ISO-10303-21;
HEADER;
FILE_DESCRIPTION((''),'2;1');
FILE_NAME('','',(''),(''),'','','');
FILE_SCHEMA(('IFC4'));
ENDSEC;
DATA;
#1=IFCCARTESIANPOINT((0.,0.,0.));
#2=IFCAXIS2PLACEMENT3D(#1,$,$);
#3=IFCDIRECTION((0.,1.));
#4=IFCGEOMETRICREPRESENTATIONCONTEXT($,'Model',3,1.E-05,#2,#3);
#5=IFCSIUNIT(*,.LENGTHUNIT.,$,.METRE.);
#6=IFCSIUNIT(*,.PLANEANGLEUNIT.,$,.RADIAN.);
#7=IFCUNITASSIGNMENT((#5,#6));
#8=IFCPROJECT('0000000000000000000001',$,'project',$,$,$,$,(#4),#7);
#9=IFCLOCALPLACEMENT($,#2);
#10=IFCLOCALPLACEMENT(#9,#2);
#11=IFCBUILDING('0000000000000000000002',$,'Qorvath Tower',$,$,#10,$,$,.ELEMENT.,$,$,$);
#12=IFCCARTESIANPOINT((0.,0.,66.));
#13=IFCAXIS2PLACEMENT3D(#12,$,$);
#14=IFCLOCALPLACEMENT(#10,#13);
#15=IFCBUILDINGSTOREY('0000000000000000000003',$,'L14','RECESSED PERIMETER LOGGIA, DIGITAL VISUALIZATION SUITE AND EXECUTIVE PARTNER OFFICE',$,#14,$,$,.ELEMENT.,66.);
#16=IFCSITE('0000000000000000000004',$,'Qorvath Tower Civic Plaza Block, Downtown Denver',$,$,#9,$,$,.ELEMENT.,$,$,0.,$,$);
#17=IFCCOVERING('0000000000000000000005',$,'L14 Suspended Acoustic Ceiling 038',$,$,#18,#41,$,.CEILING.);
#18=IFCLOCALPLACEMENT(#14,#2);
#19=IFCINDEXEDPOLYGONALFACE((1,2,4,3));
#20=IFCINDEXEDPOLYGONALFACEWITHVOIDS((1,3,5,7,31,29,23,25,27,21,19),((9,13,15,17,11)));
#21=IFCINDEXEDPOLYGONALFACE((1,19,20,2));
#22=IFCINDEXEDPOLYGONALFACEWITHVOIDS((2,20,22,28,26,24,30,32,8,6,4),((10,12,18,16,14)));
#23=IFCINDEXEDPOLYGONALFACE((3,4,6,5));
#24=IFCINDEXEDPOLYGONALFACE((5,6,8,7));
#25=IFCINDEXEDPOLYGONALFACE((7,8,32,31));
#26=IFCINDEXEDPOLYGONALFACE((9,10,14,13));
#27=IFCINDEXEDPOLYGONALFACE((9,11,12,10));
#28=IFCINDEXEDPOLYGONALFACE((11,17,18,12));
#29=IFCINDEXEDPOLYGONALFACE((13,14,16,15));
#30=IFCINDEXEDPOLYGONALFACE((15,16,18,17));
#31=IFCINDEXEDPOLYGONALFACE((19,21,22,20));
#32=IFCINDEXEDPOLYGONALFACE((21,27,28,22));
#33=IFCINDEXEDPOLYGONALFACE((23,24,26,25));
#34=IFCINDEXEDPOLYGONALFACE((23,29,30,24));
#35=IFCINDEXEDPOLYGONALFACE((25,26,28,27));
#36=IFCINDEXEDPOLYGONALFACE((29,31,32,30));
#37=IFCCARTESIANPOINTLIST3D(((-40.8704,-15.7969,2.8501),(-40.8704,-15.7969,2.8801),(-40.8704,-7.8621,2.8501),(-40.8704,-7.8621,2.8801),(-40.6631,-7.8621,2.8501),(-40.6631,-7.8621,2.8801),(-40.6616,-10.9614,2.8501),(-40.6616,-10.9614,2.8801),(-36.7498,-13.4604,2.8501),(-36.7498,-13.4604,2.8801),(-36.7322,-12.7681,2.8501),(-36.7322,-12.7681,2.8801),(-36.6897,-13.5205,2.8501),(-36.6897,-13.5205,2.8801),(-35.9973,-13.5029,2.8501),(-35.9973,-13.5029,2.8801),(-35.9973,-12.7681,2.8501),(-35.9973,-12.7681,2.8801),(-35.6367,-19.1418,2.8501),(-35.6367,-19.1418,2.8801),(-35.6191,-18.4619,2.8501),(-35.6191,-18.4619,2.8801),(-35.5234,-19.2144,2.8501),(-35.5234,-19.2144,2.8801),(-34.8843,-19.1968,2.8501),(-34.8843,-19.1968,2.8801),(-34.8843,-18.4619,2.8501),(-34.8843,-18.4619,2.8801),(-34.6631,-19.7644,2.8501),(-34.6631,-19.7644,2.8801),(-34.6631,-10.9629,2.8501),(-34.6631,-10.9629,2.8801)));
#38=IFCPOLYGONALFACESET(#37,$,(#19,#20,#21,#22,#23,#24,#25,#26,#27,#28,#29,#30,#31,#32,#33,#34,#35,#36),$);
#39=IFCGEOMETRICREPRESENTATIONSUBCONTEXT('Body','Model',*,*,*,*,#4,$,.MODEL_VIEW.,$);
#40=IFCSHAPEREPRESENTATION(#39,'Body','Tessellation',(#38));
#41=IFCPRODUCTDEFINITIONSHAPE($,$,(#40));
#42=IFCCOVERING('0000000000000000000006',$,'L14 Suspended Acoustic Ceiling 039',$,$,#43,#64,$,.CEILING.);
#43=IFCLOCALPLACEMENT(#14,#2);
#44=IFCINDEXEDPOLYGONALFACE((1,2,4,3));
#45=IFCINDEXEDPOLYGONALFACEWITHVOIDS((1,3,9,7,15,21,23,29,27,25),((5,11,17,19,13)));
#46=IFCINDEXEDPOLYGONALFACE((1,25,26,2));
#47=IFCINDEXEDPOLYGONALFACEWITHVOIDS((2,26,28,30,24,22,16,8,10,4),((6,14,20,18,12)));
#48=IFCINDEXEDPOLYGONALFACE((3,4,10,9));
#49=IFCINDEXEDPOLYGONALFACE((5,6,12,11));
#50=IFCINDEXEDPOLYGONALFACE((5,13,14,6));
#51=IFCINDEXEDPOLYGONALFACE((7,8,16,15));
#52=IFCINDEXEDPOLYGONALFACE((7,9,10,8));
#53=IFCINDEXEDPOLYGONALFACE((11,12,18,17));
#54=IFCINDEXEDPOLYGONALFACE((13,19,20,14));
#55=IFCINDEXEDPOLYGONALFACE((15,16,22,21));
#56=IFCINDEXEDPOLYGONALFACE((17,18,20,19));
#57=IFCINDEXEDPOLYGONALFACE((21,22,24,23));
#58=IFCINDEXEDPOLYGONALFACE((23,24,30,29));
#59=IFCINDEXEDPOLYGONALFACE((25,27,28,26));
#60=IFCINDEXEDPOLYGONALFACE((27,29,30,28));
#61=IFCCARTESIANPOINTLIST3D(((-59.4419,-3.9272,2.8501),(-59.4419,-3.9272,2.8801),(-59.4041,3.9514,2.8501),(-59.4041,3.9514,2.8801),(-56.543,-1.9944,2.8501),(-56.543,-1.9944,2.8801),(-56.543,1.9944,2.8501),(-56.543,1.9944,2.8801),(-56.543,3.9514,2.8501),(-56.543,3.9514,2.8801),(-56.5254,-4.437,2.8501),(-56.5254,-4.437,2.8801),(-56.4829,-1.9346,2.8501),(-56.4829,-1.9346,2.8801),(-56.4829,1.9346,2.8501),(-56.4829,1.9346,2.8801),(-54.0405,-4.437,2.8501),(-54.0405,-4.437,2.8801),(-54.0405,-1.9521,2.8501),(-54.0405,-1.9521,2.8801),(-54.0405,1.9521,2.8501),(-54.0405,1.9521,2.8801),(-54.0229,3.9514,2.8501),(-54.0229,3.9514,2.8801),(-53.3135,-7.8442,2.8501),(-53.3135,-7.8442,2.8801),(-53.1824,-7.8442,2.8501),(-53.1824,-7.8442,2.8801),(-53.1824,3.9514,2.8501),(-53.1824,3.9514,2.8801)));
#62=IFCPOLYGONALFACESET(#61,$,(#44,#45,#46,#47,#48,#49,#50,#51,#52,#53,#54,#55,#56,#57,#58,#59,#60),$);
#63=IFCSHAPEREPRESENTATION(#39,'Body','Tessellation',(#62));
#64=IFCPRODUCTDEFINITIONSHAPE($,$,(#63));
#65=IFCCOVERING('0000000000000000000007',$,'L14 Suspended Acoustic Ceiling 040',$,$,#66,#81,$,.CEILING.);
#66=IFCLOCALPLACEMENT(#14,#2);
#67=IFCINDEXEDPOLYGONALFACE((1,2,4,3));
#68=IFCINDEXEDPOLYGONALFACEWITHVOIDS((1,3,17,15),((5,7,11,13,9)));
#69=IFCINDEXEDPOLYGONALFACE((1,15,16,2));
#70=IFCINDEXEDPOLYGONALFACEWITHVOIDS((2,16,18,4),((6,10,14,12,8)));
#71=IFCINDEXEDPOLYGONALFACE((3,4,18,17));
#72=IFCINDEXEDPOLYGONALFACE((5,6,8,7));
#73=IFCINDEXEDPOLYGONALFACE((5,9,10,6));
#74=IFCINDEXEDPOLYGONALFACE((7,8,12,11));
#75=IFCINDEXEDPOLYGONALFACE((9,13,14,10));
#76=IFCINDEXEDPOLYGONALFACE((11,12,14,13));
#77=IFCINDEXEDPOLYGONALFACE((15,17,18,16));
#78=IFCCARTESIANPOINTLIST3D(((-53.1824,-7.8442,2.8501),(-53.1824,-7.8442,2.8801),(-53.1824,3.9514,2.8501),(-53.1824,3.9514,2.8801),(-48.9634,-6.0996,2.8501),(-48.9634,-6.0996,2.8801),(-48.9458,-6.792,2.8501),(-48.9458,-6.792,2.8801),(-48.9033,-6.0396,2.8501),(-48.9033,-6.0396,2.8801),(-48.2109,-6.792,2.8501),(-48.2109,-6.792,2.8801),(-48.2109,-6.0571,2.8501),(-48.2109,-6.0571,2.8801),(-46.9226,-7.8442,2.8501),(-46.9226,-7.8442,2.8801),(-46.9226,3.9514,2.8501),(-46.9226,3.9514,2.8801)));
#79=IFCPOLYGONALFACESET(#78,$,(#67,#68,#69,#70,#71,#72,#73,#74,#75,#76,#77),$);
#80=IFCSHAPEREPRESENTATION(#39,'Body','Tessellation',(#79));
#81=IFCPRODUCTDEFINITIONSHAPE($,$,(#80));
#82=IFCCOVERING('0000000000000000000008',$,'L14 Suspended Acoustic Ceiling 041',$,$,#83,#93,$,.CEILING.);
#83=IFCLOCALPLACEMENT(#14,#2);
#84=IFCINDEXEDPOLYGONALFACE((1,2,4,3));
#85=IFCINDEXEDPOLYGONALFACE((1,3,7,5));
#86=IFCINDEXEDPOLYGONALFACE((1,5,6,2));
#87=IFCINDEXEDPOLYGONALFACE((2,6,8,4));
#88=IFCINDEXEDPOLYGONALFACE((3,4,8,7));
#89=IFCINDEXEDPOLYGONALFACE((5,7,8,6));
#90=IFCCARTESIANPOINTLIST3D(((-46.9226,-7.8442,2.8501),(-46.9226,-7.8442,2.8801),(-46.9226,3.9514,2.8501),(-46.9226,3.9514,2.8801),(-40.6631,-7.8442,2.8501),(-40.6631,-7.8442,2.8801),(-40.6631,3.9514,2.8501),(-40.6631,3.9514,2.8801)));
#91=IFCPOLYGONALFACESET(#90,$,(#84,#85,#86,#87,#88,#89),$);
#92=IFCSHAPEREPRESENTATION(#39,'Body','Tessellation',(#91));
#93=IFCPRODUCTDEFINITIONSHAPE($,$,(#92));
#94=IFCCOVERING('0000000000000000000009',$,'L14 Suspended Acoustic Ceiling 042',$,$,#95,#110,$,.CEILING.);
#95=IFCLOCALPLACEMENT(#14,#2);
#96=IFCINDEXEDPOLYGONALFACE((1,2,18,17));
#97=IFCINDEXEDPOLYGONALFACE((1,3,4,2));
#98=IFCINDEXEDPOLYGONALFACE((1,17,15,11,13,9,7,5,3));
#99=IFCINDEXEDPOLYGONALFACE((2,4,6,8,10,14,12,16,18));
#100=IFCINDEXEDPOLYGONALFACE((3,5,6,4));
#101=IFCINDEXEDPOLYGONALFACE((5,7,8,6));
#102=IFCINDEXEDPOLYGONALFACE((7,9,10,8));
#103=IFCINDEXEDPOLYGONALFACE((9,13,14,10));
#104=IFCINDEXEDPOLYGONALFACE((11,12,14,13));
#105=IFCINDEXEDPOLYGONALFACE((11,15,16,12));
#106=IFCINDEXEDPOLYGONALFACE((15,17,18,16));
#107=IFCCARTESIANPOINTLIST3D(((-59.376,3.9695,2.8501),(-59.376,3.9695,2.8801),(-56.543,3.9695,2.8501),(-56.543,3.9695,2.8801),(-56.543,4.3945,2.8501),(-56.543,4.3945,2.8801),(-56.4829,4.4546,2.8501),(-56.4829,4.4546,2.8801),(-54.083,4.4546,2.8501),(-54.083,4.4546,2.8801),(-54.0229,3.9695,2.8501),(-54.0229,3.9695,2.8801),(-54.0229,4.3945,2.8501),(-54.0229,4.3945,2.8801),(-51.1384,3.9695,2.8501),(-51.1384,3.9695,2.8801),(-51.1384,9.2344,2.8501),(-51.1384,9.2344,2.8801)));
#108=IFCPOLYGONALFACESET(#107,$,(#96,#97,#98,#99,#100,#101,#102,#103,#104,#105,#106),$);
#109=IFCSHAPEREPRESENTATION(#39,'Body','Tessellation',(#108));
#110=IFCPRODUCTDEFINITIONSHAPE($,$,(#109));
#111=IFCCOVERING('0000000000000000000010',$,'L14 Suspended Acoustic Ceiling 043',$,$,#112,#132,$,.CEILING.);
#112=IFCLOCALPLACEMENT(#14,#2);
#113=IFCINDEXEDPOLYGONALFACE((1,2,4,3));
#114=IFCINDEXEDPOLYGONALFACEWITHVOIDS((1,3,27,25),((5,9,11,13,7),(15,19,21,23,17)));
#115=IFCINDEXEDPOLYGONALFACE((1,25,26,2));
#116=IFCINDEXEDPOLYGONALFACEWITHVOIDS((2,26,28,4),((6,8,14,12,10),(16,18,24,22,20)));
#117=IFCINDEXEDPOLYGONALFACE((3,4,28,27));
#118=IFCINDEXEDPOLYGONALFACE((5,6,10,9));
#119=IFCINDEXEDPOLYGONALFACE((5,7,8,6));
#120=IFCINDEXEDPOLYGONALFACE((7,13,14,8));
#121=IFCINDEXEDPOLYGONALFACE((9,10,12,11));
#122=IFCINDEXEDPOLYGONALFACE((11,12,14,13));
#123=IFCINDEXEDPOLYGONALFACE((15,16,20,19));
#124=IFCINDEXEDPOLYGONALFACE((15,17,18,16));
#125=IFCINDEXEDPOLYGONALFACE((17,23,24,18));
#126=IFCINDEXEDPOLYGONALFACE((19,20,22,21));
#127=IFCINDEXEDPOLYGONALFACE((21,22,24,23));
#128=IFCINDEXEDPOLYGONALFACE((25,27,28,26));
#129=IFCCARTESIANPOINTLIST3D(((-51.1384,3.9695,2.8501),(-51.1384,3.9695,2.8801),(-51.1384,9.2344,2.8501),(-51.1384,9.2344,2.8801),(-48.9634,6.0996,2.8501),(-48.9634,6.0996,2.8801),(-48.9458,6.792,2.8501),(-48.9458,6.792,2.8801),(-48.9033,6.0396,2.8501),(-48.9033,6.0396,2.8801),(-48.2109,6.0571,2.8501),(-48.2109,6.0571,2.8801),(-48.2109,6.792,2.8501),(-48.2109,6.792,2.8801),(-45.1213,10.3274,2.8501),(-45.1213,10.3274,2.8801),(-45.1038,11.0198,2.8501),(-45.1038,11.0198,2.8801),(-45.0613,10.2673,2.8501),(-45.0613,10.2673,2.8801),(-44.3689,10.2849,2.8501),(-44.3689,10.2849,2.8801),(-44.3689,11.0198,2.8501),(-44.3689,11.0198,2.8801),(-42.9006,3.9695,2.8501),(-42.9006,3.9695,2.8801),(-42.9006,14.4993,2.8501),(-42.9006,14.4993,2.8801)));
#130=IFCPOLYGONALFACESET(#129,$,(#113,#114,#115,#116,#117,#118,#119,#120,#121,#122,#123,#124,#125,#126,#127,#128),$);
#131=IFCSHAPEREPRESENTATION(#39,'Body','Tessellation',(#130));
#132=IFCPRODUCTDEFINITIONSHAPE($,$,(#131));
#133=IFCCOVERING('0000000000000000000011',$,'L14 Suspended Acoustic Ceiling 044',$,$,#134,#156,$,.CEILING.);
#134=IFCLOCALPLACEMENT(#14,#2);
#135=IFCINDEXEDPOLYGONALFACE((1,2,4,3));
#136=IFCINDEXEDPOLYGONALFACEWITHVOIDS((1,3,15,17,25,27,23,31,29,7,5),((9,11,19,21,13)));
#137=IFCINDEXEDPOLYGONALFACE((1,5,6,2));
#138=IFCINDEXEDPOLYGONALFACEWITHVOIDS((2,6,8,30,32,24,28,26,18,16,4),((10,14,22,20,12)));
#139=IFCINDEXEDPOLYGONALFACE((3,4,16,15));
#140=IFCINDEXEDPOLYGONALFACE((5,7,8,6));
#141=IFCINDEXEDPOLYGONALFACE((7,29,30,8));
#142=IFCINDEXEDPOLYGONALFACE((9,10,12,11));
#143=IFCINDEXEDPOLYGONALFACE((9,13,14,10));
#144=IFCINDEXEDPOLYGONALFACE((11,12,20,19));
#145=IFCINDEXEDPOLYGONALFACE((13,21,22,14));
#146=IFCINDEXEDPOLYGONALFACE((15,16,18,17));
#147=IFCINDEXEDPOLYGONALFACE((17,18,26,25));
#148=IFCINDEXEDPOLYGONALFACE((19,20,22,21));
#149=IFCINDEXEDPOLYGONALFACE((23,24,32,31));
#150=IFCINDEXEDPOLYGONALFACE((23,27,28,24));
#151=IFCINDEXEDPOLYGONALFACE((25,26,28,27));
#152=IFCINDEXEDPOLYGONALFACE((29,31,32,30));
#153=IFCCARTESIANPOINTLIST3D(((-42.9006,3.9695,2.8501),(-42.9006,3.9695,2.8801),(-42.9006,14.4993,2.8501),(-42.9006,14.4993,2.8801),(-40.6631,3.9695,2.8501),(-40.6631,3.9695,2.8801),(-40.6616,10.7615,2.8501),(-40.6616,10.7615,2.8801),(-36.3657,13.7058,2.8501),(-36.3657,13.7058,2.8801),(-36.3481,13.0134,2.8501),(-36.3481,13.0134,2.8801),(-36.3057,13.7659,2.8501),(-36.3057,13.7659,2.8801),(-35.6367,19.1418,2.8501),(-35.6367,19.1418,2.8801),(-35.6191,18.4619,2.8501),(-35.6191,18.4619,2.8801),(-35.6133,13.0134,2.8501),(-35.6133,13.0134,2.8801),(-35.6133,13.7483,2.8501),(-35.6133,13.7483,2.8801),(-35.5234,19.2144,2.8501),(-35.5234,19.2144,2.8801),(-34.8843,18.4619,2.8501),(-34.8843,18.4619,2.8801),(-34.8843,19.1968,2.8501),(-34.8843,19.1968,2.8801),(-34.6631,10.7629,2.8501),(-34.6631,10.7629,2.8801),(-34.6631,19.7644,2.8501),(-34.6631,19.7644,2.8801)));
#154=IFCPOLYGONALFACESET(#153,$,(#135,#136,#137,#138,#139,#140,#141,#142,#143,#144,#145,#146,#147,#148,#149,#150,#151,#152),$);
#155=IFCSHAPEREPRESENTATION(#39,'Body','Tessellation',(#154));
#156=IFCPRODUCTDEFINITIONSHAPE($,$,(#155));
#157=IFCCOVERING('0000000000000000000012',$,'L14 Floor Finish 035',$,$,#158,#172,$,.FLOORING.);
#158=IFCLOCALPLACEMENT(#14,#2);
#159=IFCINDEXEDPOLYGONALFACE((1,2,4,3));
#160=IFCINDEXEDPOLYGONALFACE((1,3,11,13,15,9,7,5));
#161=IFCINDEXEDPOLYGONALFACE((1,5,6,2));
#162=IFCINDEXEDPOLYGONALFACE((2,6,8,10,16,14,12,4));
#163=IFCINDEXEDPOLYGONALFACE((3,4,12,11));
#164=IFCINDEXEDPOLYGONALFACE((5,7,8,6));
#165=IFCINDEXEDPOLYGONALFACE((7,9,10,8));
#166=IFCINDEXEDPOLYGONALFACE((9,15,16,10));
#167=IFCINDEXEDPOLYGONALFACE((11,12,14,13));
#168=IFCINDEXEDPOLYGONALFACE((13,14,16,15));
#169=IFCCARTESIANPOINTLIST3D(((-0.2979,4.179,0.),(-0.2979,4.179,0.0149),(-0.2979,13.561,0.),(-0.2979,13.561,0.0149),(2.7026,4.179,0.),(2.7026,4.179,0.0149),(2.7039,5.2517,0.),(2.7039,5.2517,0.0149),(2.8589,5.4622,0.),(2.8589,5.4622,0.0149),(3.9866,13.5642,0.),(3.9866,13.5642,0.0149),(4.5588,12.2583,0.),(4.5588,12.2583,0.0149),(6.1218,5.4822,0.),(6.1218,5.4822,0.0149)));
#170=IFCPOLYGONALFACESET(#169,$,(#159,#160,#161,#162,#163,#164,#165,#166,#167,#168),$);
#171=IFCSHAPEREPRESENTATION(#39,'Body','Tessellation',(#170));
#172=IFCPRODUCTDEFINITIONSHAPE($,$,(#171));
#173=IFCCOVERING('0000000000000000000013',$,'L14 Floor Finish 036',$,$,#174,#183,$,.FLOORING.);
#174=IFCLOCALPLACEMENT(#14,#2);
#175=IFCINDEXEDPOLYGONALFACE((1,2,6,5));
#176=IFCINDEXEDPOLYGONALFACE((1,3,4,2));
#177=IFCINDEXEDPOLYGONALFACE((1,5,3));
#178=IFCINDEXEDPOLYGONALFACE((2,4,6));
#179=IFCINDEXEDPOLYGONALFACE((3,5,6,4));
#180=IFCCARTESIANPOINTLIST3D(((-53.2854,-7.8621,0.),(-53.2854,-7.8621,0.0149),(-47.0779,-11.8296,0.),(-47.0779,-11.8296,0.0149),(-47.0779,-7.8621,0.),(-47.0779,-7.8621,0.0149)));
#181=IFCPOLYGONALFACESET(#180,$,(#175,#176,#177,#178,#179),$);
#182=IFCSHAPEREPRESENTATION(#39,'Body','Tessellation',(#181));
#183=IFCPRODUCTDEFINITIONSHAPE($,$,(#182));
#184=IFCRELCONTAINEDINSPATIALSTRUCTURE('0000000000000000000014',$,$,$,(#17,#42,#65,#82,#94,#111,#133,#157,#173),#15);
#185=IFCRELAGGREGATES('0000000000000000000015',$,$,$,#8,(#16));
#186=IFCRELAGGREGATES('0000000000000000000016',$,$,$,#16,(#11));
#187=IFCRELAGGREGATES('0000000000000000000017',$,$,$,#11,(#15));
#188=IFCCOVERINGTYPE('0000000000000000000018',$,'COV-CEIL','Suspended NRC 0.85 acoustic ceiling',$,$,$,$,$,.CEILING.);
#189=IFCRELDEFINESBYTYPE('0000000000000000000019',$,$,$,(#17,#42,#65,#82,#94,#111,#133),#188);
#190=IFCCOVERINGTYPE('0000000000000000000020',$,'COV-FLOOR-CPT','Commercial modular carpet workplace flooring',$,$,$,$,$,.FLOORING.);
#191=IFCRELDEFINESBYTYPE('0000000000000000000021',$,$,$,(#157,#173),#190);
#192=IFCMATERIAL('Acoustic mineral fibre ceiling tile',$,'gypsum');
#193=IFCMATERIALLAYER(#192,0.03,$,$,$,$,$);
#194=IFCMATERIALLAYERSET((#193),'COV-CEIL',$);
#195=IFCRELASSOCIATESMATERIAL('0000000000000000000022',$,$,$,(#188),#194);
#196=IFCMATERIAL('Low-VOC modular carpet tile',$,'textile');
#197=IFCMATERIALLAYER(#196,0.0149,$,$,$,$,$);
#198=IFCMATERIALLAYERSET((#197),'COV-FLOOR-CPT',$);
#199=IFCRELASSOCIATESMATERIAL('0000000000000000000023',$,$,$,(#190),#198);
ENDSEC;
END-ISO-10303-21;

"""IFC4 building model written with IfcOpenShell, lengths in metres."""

from ifc_helpers import new_model, si_unit, direction, frame, origin, place, context, subcontext, project, spatial, polyline, outline, extrude, material, layer, layer_set, type_object, element, save


model = new_model("IFC4")

# Units and contexts
model_context = context("Model", 3, precision=1e-05, world=origin(), true_north=direction((0.0, 1.0)))
body_context = subcontext(model_context, "Body", "Model", "MODEL_VIEW")
ifc_project = project(units=[si_unit("LENGTHUNIT", "METRE"), si_unit("PLANEANGLEUNIT", "RADIAN")], contexts=[model_context])

# Site, building, storey
site_placement = place(None, origin())
site = spatial("IfcSite", under=ifc_project, at=site_placement, Name="Qorvath Tower Civic Plaza Block, Downtown Denver", CompositionType="ELEMENT", RefElevation=0.0)
building_placement = place(site_placement, origin())
building = spatial("IfcBuilding", under=site, at=building_placement, Name="Qorvath Tower", CompositionType="ELEMENT")
storey_placement = place(building_placement, frame((0.0, 0.0, 66.0)))
storey = spatial("IfcBuildingStorey", under=building, at=storey_placement, Name="L14", Description="RECESSED PERIMETER LOGGIA, DIGITAL VISUALIZATION SUITE AND EXECUTIVE PARTNER OFFICE", CompositionType="ELEMENT", Elevation=66.0)

# Coverings
ifc_material_1 = material(Name="Acoustic mineral fibre ceiling tile", Category="gypsum")
ifc_layer_1 = layer(ifc_material_1, 0.03)
ifc_layer_set_1 = layer_set([ifc_layer_1], Name="COV-CEIL")
covering_type_1 = type_object("IfcCoveringType", Name="COV-CEIL", Description="Suspended NRC 0.85 acoustic ceiling", PredefinedType="CEILING", material=ifc_layer_set_1)
covering_1_placement = place(storey_placement, frame((0.0, 0.0, 2.8501)))
element("IfcCovering", 1, at=covering_1_placement, inside=storey, type_object=covering_type_1, Name="L14 Suspended Acoustic Ceiling 038", PredefinedType="CEILING", context=body_context, shape_type="SweptSolid", body=[
    extrude(outline(polyline([(-40.6631, -7.8621), (-40.8704, -7.8621), (-40.8704, -15.7969), (-35.6367, -19.1418), (-35.6191, -18.4619), (-34.8843, -18.4619), (-34.8843, -19.1968), (-35.5234, -19.2144), (-34.6631, -19.7644), (-34.6631, -10.9629), (-40.6616, -10.9614), (-40.6631, -7.8621)]), holes=[polyline([(-36.7498, -13.4604), (-36.7322, -12.7681), (-35.9973, -12.7681), (-35.9973, -13.5029), (-36.6897, -13.5205), (-36.7498, -13.4604)])]), origin(), (0.0, 0.0, 1.0), 0.03),
])
covering_2_placement = place(storey_placement, frame((0.0, 0.0, 2.8501)))
element("IfcCovering", 2, at=covering_2_placement, inside=storey, type_object=covering_type_1, Name="L14 Suspended Acoustic Ceiling 039", PredefinedType="CEILING", context=body_context, shape_type="SweptSolid", body=[
    extrude(outline(polyline([(-59.4041, 3.9514), (-59.4419, -3.9272), (-53.3135, -7.8442), (-53.1824, -7.8442), (-53.1824, 3.9514), (-54.0229, 3.9514), (-54.0405, 1.9521), (-56.4829, 1.9346), (-56.543, 1.9944), (-56.543, 3.9514), (-59.4041, 3.9514)]), holes=[polyline([(-56.543, -1.9944), (-56.4829, -1.9346), (-54.0405, -1.9521), (-54.0405, -4.437), (-56.5254, -4.437), (-56.543, -1.9944)])]), origin(), (0.0, 0.0, 1.0), 0.03),
])
covering_3_placement = place(storey_placement, frame((0.0, 0.0, 2.8501)))
element("IfcCovering", 3, at=covering_3_placement, inside=storey, type_object=covering_type_1, Name="L14 Suspended Acoustic Ceiling 040", PredefinedType="CEILING", context=body_context, shape_type="SweptSolid", body=[
    extrude(outline(polyline([(-53.1824, 3.9514), (-53.1824, -7.8442), (-46.9226, -7.8442), (-46.9226, 3.9514), (-53.1824, 3.9514)]), holes=[polyline([(-48.9634, -6.0996), (-48.9033, -6.0396), (-48.2109, -6.0571), (-48.2109, -6.792), (-48.9458, -6.792), (-48.9634, -6.0996)])]), origin(), (0.0, 0.0, 1.0), 0.03),
])
covering_4_placement = place(storey_placement, frame((0.0, 0.0, 2.8501)))
element("IfcCovering", 4, at=covering_4_placement, inside=storey, type_object=covering_type_1, Name="L14 Suspended Acoustic Ceiling 041", PredefinedType="CEILING", context=body_context, shape_type="SweptSolid", body=[
    extrude(outline(polyline([(-46.9226, 3.9514), (-46.9226, -7.8442), (-40.6631, -7.8442), (-40.6631, 3.9514), (-46.9226, 3.9514)])), origin(), (0.0, 0.0, 1.0), 0.03),
])
covering_5_placement = place(storey_placement, frame((0.0, 0.0, 2.8501)))
element("IfcCovering", 5, at=covering_5_placement, inside=storey, type_object=covering_type_1, Name="L14 Suspended Acoustic Ceiling 042", PredefinedType="CEILING", context=body_context, shape_type="SweptSolid", body=[
    extrude(outline(polyline([(-51.1384, 3.9695), (-51.1384, 9.2344), (-59.376, 3.9695), (-56.543, 3.9695), (-56.543, 4.3945), (-56.4829, 4.4546), (-54.083, 4.4546), (-54.0229, 4.3945), (-54.0229, 3.9695), (-51.1384, 3.9695)])), origin(), (0.0, 0.0, 1.0), 0.03),
])
covering_6_placement = place(storey_placement, frame((0.0, 0.0, 2.8501)))
element("IfcCovering", 6, at=covering_6_placement, inside=storey, type_object=covering_type_1, Name="L14 Suspended Acoustic Ceiling 043", PredefinedType="CEILING", context=body_context, shape_type="SweptSolid", body=[
    extrude(outline(polyline([(-42.9006, 3.9695), (-42.9006, 14.4993), (-51.1384, 9.2344), (-51.1384, 3.9695), (-42.9006, 3.9695)]), holes=[polyline([(-45.1213, 10.3274), (-45.1038, 11.0198), (-44.3689, 11.0198), (-44.3689, 10.2849), (-45.0613, 10.2673), (-45.1213, 10.3274)]), polyline([(-48.9634, 6.0996), (-48.9458, 6.792), (-48.2109, 6.792), (-48.2109, 6.0571), (-48.9033, 6.0396), (-48.9634, 6.0996)])]), origin(), (0.0, 0.0, 1.0), 0.03),
])
covering_7_placement = place(storey_placement, frame((0.0, 0.0, 2.8501)))
element("IfcCovering", 7, at=covering_7_placement, inside=storey, type_object=covering_type_1, Name="L14 Suspended Acoustic Ceiling 044", PredefinedType="CEILING", context=body_context, shape_type="SweptSolid", body=[
    extrude(outline(polyline([(-34.6631, 10.7629), (-34.6631, 19.7644), (-35.5234, 19.2144), (-34.8843, 19.1968), (-34.8843, 18.4619), (-35.6191, 18.4619), (-35.6367, 19.1418), (-42.9006, 14.4993), (-42.9006, 3.9695), (-40.6631, 3.9695), (-40.6616, 10.7615), (-34.6631, 10.7629)]), holes=[polyline([(-36.3657, 13.7058), (-36.3057, 13.7659), (-35.6133, 13.7483), (-35.6133, 13.0134), (-36.3481, 13.0134), (-36.3657, 13.7058)])]), origin(), (0.0, 0.0, 1.0), 0.03),
])
ifc_material_2 = material(Name="Low-VOC modular carpet tile", Category="textile")
ifc_layer_2 = layer(ifc_material_2, 0.0149)
ifc_layer_set_2 = layer_set([ifc_layer_2], Name="COV-FLOOR-CPT")
covering_type_2 = type_object("IfcCoveringType", Name="COV-FLOOR-CPT", Description="Commercial modular carpet workplace flooring", PredefinedType="FLOORING", material=ifc_layer_set_2)
covering_8_placement = place(storey_placement, origin())
element("IfcCovering", 8, at=covering_8_placement, inside=storey, type_object=covering_type_2, Name="L14 Floor Finish 035", PredefinedType="FLOORING", context=body_context, shape_type="SweptSolid", body=[
    extrude(outline(polyline([(2.8589, 5.4622), (6.1218, 5.4822), (4.5588, 12.2583), (3.9866, 13.5642), (-0.2979, 13.561), (-0.2979, 4.179), (2.7026, 4.179), (2.7039, 5.2517), (2.8589, 5.4622)])), origin(), (0.0, 0.0, 1.0), 0.0149),
])
covering_9_placement = place(storey_placement, origin())
element("IfcCovering", 9, at=covering_9_placement, inside=storey, type_object=covering_type_2, Name="L14 Floor Finish 036", PredefinedType="FLOORING", context=body_context, shape_type="SweptSolid", body=[
    extrude(outline(polyline([(-47.0779, -11.8296), (-47.0779, -7.8621), (-53.2854, -7.8621), (-47.0779, -11.8296)])), origin(), (0.0, 0.0, 1.0), 0.0149),
])

save(model, "model.ifc")
